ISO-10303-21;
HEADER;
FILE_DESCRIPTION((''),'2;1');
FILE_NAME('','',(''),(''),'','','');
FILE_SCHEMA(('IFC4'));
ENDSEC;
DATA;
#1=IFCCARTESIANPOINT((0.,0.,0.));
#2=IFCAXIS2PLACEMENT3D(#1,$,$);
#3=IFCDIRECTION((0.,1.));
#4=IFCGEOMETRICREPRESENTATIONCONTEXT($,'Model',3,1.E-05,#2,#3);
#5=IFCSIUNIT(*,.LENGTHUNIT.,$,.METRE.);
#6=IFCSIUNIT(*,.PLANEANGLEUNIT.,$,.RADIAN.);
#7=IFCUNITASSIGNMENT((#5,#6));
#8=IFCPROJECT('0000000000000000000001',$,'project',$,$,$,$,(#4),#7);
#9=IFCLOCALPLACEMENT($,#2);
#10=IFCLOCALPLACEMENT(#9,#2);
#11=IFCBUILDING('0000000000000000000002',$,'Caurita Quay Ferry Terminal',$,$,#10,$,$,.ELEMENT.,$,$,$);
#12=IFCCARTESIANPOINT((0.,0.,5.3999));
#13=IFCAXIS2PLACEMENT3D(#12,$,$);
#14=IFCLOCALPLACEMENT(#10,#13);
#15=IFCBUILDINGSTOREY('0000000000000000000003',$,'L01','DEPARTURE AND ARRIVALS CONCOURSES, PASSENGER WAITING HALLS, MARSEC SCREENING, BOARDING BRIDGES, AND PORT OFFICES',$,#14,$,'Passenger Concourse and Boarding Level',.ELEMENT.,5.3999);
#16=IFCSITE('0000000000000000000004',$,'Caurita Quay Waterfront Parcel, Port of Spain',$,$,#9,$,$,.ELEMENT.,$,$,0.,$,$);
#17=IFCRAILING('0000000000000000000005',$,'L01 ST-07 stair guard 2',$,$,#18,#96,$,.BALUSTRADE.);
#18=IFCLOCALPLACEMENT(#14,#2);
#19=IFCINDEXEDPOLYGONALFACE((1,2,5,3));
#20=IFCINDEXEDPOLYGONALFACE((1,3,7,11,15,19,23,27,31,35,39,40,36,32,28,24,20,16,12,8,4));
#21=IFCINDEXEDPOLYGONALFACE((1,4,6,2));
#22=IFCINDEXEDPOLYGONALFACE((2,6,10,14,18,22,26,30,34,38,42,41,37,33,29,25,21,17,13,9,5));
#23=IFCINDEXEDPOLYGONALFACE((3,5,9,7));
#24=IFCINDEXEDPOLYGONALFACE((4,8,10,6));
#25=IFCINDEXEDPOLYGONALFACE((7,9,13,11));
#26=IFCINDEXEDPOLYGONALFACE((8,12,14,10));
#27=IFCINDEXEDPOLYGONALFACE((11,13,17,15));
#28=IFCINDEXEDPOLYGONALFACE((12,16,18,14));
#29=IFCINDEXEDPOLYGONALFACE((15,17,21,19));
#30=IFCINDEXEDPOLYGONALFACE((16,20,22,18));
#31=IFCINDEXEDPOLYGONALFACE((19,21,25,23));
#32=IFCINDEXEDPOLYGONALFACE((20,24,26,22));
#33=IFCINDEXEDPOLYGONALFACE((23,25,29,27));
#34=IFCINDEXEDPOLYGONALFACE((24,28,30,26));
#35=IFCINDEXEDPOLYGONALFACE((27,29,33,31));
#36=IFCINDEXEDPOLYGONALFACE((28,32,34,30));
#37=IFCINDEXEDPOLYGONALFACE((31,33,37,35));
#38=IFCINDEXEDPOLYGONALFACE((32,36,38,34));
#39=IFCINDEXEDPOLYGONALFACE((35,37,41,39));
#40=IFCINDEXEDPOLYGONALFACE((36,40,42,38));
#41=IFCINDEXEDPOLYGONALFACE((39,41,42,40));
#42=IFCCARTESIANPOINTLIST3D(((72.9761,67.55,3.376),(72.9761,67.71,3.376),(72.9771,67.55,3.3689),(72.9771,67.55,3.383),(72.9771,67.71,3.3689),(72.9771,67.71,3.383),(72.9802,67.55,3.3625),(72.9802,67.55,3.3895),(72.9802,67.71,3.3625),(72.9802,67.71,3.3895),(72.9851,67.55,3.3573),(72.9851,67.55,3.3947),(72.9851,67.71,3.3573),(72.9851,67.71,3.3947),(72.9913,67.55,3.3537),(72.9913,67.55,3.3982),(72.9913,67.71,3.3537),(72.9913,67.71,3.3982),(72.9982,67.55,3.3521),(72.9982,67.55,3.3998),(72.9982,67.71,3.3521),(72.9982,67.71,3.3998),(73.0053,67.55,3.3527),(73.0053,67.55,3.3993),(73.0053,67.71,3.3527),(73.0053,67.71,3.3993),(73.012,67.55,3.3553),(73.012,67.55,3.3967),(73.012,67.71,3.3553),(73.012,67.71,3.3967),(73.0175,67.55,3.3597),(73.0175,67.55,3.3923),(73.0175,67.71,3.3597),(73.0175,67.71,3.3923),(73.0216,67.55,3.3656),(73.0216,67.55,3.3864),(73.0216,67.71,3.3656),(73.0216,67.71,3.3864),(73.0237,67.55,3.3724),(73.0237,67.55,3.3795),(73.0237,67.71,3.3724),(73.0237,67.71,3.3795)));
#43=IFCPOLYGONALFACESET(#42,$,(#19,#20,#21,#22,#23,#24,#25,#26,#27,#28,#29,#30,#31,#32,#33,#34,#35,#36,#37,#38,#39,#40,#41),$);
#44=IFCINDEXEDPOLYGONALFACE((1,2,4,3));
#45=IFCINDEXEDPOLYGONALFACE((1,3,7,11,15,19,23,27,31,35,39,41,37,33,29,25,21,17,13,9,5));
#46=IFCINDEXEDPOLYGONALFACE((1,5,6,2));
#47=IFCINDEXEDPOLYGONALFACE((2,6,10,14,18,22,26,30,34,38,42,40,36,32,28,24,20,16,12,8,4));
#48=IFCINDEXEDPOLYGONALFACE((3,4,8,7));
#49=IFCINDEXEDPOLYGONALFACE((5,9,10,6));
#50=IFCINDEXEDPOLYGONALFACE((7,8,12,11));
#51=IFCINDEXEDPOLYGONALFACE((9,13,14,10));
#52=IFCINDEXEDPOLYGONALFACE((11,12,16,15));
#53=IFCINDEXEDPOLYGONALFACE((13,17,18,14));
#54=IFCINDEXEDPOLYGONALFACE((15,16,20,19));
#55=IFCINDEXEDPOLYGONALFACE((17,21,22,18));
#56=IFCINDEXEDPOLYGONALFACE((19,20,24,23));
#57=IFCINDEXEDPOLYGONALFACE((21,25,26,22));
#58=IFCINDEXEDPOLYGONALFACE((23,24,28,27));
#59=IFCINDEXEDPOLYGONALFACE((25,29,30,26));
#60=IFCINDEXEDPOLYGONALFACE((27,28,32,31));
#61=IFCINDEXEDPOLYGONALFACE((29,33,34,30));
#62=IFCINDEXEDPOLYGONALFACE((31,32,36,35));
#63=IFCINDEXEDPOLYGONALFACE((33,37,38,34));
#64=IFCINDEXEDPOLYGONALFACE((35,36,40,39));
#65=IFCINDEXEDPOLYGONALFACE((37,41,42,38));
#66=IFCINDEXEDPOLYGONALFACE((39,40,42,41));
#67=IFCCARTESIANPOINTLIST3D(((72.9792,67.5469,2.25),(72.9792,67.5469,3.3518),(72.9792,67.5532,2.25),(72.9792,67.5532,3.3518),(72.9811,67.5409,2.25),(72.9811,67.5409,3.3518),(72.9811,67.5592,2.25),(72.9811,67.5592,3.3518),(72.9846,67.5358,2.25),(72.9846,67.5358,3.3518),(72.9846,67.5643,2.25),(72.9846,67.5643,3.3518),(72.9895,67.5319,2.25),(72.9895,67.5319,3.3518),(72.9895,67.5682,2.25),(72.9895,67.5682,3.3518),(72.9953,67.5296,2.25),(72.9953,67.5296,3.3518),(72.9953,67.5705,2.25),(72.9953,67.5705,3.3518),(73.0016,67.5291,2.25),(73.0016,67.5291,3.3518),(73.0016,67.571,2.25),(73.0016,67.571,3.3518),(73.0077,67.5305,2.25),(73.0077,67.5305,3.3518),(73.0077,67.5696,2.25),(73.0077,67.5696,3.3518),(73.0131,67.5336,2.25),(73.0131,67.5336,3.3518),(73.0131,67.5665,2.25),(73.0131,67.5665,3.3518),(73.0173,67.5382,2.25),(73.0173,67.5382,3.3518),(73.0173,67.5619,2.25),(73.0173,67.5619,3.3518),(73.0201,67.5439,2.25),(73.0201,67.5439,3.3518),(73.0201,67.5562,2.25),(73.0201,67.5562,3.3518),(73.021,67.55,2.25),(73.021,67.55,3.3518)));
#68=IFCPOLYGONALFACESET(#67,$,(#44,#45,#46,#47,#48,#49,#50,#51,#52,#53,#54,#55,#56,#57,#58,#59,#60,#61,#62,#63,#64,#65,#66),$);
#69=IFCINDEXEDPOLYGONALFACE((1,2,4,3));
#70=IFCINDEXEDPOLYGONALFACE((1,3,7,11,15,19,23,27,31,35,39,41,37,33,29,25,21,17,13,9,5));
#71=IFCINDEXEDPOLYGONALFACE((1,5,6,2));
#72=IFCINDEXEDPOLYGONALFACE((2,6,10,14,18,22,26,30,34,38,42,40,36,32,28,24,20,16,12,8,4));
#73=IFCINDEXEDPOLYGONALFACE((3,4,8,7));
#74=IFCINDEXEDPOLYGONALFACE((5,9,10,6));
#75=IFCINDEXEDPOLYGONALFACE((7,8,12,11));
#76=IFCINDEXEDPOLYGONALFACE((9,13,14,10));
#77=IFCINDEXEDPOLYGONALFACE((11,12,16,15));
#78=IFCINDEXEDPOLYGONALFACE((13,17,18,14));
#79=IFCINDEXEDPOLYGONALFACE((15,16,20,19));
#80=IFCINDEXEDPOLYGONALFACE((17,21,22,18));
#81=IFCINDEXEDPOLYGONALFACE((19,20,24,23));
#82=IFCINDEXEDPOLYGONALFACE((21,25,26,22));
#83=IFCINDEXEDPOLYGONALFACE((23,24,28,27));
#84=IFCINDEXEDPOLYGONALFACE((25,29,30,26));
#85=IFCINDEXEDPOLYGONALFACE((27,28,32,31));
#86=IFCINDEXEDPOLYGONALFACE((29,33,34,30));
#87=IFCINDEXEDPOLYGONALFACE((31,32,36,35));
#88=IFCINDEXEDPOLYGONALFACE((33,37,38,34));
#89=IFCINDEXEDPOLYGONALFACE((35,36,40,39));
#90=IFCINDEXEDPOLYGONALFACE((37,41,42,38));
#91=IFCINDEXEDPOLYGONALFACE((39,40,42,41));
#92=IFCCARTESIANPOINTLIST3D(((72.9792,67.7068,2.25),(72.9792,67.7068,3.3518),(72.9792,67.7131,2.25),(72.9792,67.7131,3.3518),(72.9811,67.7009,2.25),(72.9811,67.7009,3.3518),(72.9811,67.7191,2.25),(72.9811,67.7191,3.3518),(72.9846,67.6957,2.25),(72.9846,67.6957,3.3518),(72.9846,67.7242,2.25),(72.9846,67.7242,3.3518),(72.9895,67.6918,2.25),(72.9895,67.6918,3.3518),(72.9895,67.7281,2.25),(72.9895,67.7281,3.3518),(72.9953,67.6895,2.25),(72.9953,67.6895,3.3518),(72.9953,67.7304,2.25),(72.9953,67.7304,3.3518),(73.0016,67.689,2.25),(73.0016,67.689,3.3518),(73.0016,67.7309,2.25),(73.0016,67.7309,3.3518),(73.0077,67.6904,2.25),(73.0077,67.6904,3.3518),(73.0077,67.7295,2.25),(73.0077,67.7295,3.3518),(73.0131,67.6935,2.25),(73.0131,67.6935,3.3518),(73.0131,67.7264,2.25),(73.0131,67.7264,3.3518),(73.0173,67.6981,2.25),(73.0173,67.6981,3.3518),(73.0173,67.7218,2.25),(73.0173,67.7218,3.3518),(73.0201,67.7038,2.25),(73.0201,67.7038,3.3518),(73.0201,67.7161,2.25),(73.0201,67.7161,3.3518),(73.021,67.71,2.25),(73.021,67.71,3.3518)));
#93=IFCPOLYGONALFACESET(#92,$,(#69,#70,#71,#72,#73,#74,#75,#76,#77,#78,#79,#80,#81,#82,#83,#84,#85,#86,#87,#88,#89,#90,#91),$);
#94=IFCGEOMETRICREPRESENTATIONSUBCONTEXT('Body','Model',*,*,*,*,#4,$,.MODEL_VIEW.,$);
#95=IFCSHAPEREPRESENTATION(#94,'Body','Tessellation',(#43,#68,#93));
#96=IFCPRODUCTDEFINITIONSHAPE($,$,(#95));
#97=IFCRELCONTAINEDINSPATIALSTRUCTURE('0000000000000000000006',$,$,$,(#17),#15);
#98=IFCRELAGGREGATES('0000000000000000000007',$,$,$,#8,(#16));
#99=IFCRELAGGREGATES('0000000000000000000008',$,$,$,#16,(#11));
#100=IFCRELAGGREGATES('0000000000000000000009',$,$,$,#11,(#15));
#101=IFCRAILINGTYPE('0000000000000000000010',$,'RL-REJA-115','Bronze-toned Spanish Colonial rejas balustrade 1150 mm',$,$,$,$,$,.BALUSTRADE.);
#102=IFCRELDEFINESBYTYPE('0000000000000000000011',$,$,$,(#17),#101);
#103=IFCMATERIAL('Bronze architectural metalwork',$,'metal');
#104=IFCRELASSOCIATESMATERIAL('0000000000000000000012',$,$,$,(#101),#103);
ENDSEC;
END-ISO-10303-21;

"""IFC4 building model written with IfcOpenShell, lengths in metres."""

from ifc_helpers import new_model, si_unit, direction, frame, origin, origin_2d, place, context, subcontext, project, spatial, circle, extrude, material, type_object, element, save


model = new_model("IFC4")

# Units and contexts
model_context = context("Model", 3, precision=1e-05, world=origin(), true_north=direction((0.0, 1.0)))
body_context = subcontext(model_context, "Body", "Model", "MODEL_VIEW")
ifc_project = project(units=[si_unit("LENGTHUNIT", "METRE"), si_unit("PLANEANGLEUNIT", "RADIAN")], contexts=[model_context])

# Site, building, storey
site_placement = place(None, origin())
site = spatial("IfcSite", under=ifc_project, at=site_placement, Name="Caurita Quay Waterfront Parcel, Port of Spain", CompositionType="ELEMENT", RefElevation=0.0)
building_placement = place(site_placement, origin())
building = spatial("IfcBuilding", under=site, at=building_placement, Name="Caurita Quay Ferry Terminal", CompositionType="ELEMENT")
storey_placement = place(building_placement, frame((0.0, 0.0, 5.3999)))
storey = spatial("IfcBuildingStorey", under=building, at=storey_placement, Name="L01", Description="DEPARTURE AND ARRIVALS CONCOURSES, PASSENGER WAITING HALLS, MARSEC SCREENING, BOARDING BRIDGES, AND PORT OFFICES", LongName="Passenger Concourse and Boarding Level", CompositionType="ELEMENT", Elevation=5.3999)

# Railing
ifc_material_1 = material(Name="Bronze architectural metalwork", Category="metal")
railing_type_1 = type_object("IfcRailingType", Name="RL-REJA-115", Description="Bronze-toned Spanish Colonial rejas balustrade 1150 mm", PredefinedType="BALUSTRADE", material=ifc_material_1)
railing_1_placement = place(storey_placement, frame((73.0, 67.55, 2.25)))
element("IfcRailing", 1, at=railing_1_placement, inside=storey, type_object=railing_type_1, Name="L01 ST-07 stair guard 2", PredefinedType="BALUSTRADE", context=body_context, shape_type="SweptSolid", body=[
    extrude(circle(Radius=0.0239, at=origin_2d()), frame((0.0, 0.0, 1.126), z_axis=(0.0, 1.0, 0.0), x_axis=(-1.0, 0.0, 0.0)), (0.0, 0.0, 1.0), 0.1599),
    extrude(circle(Radius=0.021, at=origin_2d()), origin(), (0.0, 0.0, 1.0), 1.1018),
    extrude(circle(Radius=0.021, at=origin_2d()), frame((0.0, 0.1599, 0.0)), (0.0, 0.0, 1.0), 1.1018),
])

save(model, "model.ifc")
